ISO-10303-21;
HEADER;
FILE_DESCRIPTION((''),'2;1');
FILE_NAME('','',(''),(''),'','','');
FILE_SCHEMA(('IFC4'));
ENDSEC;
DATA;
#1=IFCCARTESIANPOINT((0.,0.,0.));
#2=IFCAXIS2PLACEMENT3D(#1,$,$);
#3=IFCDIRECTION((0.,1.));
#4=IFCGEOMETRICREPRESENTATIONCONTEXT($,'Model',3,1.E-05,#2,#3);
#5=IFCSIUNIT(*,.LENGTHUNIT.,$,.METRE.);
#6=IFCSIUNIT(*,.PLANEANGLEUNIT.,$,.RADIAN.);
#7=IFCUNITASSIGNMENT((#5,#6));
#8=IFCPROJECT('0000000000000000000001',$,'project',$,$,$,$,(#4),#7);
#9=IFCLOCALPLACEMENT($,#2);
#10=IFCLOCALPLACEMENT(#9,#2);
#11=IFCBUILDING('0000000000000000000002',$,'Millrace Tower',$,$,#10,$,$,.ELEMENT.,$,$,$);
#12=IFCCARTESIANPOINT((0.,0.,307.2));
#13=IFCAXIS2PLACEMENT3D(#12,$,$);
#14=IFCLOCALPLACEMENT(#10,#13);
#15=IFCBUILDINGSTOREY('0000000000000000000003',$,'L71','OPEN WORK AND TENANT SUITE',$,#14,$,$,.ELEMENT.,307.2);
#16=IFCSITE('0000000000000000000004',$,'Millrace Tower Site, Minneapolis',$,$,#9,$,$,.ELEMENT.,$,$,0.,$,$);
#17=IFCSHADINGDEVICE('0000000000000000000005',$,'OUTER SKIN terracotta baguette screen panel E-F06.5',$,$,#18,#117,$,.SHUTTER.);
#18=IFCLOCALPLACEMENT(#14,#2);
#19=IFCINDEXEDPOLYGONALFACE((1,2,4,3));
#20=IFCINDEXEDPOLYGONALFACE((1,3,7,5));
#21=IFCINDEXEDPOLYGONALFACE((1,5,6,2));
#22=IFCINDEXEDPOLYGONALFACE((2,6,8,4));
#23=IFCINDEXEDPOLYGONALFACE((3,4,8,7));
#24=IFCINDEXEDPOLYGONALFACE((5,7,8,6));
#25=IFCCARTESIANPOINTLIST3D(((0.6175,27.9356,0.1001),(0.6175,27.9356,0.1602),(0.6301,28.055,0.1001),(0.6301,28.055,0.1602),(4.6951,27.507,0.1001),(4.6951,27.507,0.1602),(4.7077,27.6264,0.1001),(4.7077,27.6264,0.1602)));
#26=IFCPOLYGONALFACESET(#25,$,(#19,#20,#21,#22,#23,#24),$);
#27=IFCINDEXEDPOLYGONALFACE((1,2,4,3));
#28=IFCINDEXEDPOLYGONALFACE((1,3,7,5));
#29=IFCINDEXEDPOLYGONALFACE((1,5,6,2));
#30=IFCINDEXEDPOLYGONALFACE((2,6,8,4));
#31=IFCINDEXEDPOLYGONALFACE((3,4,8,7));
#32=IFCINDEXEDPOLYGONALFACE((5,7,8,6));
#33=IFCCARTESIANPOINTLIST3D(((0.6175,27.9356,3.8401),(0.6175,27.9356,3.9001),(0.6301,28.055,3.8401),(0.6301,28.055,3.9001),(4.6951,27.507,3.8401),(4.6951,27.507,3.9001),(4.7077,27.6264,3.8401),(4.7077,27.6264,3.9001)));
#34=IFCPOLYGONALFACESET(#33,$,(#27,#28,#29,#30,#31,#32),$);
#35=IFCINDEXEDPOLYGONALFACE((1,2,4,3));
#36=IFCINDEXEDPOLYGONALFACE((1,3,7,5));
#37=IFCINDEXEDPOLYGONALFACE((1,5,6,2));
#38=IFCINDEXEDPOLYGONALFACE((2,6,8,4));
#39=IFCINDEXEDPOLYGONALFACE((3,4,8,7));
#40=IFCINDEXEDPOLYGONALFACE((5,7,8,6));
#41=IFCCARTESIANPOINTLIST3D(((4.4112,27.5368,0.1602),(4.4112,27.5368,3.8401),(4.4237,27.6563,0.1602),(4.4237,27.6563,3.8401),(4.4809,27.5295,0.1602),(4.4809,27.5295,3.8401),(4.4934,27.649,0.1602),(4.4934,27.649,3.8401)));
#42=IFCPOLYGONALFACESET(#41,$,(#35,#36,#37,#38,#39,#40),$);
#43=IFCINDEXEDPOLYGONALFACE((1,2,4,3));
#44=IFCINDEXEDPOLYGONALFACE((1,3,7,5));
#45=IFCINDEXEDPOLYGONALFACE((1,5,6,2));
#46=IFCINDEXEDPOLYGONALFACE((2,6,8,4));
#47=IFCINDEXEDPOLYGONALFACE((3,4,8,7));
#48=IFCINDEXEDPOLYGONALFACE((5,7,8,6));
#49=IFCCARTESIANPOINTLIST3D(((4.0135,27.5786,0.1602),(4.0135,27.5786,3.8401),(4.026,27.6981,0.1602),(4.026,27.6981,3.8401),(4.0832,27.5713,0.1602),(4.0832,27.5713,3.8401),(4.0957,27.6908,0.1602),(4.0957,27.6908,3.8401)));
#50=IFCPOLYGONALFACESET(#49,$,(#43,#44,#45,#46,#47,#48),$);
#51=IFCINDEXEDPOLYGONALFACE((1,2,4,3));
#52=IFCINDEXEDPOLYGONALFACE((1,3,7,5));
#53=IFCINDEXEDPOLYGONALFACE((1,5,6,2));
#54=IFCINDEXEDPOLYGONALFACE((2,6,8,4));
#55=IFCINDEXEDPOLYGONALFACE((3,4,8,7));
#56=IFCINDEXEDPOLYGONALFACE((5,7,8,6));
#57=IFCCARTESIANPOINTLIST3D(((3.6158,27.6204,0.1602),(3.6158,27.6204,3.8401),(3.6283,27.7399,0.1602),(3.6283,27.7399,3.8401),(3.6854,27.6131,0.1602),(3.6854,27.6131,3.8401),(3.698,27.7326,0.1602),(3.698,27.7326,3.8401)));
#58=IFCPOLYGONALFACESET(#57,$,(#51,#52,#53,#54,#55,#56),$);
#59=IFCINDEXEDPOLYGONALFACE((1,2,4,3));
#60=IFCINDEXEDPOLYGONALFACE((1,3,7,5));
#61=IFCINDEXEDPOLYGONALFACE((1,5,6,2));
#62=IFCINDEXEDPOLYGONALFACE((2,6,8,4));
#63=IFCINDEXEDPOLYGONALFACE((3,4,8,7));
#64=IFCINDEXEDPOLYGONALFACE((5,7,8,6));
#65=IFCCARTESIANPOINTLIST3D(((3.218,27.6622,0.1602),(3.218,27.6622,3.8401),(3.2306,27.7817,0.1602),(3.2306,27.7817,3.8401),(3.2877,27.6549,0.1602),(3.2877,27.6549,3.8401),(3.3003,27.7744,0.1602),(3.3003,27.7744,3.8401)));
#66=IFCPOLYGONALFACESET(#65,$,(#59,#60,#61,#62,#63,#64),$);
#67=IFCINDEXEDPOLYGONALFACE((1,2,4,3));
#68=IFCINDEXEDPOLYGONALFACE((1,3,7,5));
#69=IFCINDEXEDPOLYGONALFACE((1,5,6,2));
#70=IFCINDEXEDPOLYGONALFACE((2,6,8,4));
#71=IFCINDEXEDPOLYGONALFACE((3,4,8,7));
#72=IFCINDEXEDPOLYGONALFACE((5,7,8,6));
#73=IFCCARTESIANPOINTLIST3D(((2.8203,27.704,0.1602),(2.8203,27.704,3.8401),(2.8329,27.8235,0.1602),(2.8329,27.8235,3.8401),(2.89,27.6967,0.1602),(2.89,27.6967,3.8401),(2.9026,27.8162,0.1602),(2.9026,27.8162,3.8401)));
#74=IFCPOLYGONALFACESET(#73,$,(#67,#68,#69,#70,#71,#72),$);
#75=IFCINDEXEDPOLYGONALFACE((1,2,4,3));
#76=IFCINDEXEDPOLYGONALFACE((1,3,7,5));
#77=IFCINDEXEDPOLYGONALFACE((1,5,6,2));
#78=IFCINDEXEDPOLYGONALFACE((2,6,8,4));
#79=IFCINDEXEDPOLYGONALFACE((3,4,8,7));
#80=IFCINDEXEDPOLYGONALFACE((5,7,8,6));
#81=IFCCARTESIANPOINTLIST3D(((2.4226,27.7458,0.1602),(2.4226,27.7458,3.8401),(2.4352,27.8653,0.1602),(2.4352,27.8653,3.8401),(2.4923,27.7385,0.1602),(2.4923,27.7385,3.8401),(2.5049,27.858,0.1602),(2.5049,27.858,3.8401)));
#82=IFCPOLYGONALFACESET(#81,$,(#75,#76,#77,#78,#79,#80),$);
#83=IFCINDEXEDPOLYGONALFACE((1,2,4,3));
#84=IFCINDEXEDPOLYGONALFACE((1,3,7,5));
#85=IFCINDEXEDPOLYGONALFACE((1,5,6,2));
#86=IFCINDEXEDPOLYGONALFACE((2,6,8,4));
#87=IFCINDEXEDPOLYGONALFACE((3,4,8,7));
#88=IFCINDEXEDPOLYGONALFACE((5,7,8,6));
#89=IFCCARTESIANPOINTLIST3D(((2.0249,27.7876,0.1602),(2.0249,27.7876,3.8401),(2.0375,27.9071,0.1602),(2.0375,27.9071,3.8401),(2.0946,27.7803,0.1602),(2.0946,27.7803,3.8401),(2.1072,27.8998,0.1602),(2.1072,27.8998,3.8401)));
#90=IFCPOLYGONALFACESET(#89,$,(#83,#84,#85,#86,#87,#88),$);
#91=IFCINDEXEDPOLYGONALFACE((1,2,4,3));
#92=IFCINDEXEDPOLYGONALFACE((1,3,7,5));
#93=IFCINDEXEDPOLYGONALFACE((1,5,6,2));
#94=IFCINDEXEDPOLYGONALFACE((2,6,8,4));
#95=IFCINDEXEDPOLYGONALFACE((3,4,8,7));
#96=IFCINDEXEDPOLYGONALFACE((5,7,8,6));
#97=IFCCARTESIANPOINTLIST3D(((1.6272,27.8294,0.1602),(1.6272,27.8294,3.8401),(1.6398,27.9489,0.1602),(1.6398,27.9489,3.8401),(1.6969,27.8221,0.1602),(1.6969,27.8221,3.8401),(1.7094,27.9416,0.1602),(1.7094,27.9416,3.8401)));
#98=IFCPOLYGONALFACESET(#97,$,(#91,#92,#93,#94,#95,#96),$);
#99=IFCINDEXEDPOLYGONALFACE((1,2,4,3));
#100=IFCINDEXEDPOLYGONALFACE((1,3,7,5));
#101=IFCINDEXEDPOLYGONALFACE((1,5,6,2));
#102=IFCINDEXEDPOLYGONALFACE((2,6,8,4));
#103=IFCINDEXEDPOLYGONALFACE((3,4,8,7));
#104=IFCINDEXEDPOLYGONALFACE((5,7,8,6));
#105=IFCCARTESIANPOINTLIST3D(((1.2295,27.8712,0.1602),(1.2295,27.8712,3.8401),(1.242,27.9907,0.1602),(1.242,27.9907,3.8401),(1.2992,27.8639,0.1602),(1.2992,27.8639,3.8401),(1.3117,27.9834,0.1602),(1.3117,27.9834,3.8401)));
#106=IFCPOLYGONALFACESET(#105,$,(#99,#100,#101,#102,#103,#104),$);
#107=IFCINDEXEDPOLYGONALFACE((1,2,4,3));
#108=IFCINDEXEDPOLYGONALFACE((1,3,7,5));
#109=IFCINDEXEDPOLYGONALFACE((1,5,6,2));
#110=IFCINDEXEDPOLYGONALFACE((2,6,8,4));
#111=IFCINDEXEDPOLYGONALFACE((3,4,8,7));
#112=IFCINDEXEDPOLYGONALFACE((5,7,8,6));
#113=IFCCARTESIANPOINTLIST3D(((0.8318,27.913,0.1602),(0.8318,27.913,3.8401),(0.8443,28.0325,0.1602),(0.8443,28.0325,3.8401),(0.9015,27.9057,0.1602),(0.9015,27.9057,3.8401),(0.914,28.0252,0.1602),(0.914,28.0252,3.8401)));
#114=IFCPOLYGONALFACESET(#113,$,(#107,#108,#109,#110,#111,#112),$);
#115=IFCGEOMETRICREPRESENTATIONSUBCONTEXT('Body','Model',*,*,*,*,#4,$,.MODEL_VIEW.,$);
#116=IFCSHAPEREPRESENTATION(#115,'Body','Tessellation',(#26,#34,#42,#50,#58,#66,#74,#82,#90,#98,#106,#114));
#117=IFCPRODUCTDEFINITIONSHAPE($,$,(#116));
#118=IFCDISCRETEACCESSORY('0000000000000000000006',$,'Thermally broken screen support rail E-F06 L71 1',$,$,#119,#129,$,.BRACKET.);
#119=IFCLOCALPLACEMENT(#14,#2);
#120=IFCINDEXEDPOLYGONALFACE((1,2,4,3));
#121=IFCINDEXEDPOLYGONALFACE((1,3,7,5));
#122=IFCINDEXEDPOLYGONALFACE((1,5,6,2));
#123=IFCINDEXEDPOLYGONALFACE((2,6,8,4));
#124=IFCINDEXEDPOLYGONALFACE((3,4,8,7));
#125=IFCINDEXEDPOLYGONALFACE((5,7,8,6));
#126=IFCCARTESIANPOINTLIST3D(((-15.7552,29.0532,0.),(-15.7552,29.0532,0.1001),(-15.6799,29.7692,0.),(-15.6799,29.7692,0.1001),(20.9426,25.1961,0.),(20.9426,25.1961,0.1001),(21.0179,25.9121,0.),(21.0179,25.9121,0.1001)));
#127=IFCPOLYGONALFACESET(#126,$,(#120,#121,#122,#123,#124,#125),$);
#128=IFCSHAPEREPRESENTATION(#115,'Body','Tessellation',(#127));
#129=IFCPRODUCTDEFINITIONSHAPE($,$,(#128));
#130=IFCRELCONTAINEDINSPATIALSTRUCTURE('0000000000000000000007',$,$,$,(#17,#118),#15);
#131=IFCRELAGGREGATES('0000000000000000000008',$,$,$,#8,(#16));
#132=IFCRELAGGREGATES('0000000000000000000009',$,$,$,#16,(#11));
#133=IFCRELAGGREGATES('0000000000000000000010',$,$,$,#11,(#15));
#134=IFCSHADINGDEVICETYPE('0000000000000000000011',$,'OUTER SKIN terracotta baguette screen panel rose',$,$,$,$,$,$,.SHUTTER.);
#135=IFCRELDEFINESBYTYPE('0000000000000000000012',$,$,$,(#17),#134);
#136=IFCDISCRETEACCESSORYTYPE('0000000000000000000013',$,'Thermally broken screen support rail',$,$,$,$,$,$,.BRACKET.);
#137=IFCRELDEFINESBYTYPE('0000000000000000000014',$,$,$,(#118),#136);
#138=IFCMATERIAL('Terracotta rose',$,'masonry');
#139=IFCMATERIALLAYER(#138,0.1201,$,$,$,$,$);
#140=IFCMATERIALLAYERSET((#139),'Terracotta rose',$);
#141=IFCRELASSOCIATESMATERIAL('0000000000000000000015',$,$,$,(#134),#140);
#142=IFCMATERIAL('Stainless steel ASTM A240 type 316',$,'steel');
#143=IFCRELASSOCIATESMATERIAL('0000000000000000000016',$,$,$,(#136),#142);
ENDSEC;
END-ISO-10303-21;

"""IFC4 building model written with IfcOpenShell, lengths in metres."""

from ifc_helpers import new_model, entity, si_unit, direction, frame, frame_2d, origin, origin_2d, place, context, subcontext, project, spatial, rectangle, extrude, source, transform, mapped, material, layer, layer_set, type_object, element, save


model = new_model("IFC4")

# Units and contexts
model_context = context("Model", 3, precision=1e-05, world=origin(), true_north=direction((0.0, 1.0)))
body_context = subcontext(model_context, "Body", "Model", "MODEL_VIEW")
ifc_project = project(units=[si_unit("LENGTHUNIT", "METRE"), si_unit("PLANEANGLEUNIT", "RADIAN")], contexts=[model_context])

# Site, building, storey
site_placement = place(None, origin())
site = spatial("IfcSite", under=ifc_project, at=site_placement, Name="Millrace Tower Site, Minneapolis", CompositionType="ELEMENT", RefElevation=0.0)
building_placement = place(site_placement, origin())
building = spatial("IfcBuilding", under=site, at=building_placement, Name="Millrace Tower", CompositionType="ELEMENT")
storey_placement = place(building_placement, frame((0.0, 0.0, 307.2)))
storey = spatial("IfcBuildingStorey", under=building, at=storey_placement, Name="L71", Description="OPEN WORK AND TENANT SUITE", CompositionType="ELEMENT", Elevation=307.2)

# Shading device
ifc_material_1 = material(Name="Terracotta rose", Category="masonry")
ifc_layer_1 = layer(ifc_material_1, 0.1201)
ifc_layer_set_1 = layer_set([ifc_layer_1], Name="Terracotta rose")
shading_device_type = type_object("IfcShadingDeviceType", Name="OUTER SKIN terracotta baguette screen panel rose", PredefinedType="SHUTTER", material=ifc_layer_set_1)
cartesian_point = entity("IfcCartesianPoint", [-2.05, 0.0601])
shared_polyline = entity("IfcPolyline", [cartesian_point, entity("IfcCartesianPoint", [2.05, 0.0601]), entity("IfcCartesianPoint", [2.05, -0.0601]), entity("IfcCartesianPoint", [-2.05, -0.0601]), cartesian_point])
shared_shape = source(origin(), body_context, "Body", "SweptSolid", [
    entity("IfcExtrudedAreaSolid", entity("IfcArbitraryClosedProfileDef", "AREA", None, shared_polyline), entity("IfcAxis2Placement3D", entity("IfcCartesianPoint", [0.0, 0.0, 0.0])), entity("IfcDirection", [0.0, 0.0, 1.0]), 0.0601),
    entity("IfcExtrudedAreaSolid", entity("IfcArbitraryClosedProfileDef", "AREA", None, shared_polyline), entity("IfcAxis2Placement3D", entity("IfcCartesianPoint", [0.0, 0.0, 3.74])), entity("IfcDirection", [0.0, 0.0, 1.0]), 0.0601),
    extrude(rectangle(XDim=0.0701, YDim=0.1201, at=frame_2d((-1.7996, 0.0))), frame((0.0, 0.0, 0.0601)), (0.0, 0.0, 1.0), 3.6799),
    extrude(rectangle(XDim=0.0701, YDim=0.1201, at=frame_2d((-1.3997, 0.0))), frame((0.0, 0.0, 0.0601)), (0.0, 0.0, 1.0), 3.6799),
    extrude(rectangle(XDim=0.0701, YDim=0.1201, at=frame_2d((-0.9998, 0.0))), frame((0.0, 0.0, 0.0601)), (0.0, 0.0, 1.0), 3.6799),
    extrude(rectangle(XDim=0.0701, YDim=0.1201, at=frame_2d((-0.5999, 0.0))), frame((0.0, 0.0, 0.0601)), (0.0, 0.0, 1.0), 3.6799),
    extrude(rectangle(XDim=0.0701, YDim=0.1201, at=frame_2d((-0.2, 0.0))), frame((0.0, 0.0, 0.0601)), (0.0, 0.0, 1.0), 3.6799),
    extrude(rectangle(XDim=0.0701, YDim=0.1201, at=frame_2d((0.2, 0.0))), frame((0.0, 0.0, 0.0601)), (0.0, 0.0, 1.0), 3.6799),
    extrude(rectangle(XDim=0.0701, YDim=0.1201, at=frame_2d((0.5999, 0.0))), frame((0.0, 0.0, 0.0601)), (0.0, 0.0, 1.0), 3.6799),
    extrude(rectangle(XDim=0.0701, YDim=0.1201, at=frame_2d((0.9998, 0.0))), frame((0.0, 0.0, 0.0601)), (0.0, 0.0, 1.0), 3.6799),
    extrude(rectangle(XDim=0.0701, YDim=0.1201, at=frame_2d((1.3997, 0.0))), frame((0.0, 0.0, 0.0601)), (0.0, 0.0, 1.0), 3.6799),
    extrude(rectangle(XDim=0.0701, YDim=0.1201, at=frame_2d((1.7996, 0.0))), frame((0.0, 0.0, 0.0601)), (0.0, 0.0, 1.0), 3.6799),
])
for number, where, z_axis, x_axis, name in (
    (1, (2.6626, 27.781, 0.1001), (0.0, 0.0, 1.0), (-0.994522, 0.104528, 0.0), "OUTER SKIN terracotta baguette screen panel E-F06.5"),
):
    element("IfcShadingDevice", number, at=place(storey_placement, frame(where, z_axis=z_axis, x_axis=x_axis)), inside=storey, type_object=shading_device_type, Name=name, PredefinedType="SHUTTER", context=body_context, shape_type="MappedRepresentation", body=[
        mapped(shared_shape, transform((0.0, 0.0, 0.0), scale=1.0)),
    ])

# Discrete accessory
ifc_material_2 = material(Name="Stainless steel ASTM A240 type 316", Category="steel")
discrete_accessory_type = type_object("IfcDiscreteAccessoryType", Name="Thermally broken screen support rail", PredefinedType="BRACKET", material=ifc_material_2)
discrete_accessory_placement = place(storey_placement, frame((2.6313, 27.4827, 0.0), z_axis=(0.0, 0.0, 1.0), x_axis=(-0.994522, 0.104528, 0.0)))
element("IfcDiscreteAccessory", 2, at=discrete_accessory_placement, inside=storey, type_object=discrete_accessory_type, Name="Thermally broken screen support rail E-F06 L71 1", PredefinedType="BRACKET", context=body_context, shape_type="SweptSolid", body=[
    extrude(rectangle(XDim=36.8999, YDim=0.72, at=origin_2d()), origin(), (0.0, 0.0, 1.0), 0.1001),
])

save(model, "model.ifc")
